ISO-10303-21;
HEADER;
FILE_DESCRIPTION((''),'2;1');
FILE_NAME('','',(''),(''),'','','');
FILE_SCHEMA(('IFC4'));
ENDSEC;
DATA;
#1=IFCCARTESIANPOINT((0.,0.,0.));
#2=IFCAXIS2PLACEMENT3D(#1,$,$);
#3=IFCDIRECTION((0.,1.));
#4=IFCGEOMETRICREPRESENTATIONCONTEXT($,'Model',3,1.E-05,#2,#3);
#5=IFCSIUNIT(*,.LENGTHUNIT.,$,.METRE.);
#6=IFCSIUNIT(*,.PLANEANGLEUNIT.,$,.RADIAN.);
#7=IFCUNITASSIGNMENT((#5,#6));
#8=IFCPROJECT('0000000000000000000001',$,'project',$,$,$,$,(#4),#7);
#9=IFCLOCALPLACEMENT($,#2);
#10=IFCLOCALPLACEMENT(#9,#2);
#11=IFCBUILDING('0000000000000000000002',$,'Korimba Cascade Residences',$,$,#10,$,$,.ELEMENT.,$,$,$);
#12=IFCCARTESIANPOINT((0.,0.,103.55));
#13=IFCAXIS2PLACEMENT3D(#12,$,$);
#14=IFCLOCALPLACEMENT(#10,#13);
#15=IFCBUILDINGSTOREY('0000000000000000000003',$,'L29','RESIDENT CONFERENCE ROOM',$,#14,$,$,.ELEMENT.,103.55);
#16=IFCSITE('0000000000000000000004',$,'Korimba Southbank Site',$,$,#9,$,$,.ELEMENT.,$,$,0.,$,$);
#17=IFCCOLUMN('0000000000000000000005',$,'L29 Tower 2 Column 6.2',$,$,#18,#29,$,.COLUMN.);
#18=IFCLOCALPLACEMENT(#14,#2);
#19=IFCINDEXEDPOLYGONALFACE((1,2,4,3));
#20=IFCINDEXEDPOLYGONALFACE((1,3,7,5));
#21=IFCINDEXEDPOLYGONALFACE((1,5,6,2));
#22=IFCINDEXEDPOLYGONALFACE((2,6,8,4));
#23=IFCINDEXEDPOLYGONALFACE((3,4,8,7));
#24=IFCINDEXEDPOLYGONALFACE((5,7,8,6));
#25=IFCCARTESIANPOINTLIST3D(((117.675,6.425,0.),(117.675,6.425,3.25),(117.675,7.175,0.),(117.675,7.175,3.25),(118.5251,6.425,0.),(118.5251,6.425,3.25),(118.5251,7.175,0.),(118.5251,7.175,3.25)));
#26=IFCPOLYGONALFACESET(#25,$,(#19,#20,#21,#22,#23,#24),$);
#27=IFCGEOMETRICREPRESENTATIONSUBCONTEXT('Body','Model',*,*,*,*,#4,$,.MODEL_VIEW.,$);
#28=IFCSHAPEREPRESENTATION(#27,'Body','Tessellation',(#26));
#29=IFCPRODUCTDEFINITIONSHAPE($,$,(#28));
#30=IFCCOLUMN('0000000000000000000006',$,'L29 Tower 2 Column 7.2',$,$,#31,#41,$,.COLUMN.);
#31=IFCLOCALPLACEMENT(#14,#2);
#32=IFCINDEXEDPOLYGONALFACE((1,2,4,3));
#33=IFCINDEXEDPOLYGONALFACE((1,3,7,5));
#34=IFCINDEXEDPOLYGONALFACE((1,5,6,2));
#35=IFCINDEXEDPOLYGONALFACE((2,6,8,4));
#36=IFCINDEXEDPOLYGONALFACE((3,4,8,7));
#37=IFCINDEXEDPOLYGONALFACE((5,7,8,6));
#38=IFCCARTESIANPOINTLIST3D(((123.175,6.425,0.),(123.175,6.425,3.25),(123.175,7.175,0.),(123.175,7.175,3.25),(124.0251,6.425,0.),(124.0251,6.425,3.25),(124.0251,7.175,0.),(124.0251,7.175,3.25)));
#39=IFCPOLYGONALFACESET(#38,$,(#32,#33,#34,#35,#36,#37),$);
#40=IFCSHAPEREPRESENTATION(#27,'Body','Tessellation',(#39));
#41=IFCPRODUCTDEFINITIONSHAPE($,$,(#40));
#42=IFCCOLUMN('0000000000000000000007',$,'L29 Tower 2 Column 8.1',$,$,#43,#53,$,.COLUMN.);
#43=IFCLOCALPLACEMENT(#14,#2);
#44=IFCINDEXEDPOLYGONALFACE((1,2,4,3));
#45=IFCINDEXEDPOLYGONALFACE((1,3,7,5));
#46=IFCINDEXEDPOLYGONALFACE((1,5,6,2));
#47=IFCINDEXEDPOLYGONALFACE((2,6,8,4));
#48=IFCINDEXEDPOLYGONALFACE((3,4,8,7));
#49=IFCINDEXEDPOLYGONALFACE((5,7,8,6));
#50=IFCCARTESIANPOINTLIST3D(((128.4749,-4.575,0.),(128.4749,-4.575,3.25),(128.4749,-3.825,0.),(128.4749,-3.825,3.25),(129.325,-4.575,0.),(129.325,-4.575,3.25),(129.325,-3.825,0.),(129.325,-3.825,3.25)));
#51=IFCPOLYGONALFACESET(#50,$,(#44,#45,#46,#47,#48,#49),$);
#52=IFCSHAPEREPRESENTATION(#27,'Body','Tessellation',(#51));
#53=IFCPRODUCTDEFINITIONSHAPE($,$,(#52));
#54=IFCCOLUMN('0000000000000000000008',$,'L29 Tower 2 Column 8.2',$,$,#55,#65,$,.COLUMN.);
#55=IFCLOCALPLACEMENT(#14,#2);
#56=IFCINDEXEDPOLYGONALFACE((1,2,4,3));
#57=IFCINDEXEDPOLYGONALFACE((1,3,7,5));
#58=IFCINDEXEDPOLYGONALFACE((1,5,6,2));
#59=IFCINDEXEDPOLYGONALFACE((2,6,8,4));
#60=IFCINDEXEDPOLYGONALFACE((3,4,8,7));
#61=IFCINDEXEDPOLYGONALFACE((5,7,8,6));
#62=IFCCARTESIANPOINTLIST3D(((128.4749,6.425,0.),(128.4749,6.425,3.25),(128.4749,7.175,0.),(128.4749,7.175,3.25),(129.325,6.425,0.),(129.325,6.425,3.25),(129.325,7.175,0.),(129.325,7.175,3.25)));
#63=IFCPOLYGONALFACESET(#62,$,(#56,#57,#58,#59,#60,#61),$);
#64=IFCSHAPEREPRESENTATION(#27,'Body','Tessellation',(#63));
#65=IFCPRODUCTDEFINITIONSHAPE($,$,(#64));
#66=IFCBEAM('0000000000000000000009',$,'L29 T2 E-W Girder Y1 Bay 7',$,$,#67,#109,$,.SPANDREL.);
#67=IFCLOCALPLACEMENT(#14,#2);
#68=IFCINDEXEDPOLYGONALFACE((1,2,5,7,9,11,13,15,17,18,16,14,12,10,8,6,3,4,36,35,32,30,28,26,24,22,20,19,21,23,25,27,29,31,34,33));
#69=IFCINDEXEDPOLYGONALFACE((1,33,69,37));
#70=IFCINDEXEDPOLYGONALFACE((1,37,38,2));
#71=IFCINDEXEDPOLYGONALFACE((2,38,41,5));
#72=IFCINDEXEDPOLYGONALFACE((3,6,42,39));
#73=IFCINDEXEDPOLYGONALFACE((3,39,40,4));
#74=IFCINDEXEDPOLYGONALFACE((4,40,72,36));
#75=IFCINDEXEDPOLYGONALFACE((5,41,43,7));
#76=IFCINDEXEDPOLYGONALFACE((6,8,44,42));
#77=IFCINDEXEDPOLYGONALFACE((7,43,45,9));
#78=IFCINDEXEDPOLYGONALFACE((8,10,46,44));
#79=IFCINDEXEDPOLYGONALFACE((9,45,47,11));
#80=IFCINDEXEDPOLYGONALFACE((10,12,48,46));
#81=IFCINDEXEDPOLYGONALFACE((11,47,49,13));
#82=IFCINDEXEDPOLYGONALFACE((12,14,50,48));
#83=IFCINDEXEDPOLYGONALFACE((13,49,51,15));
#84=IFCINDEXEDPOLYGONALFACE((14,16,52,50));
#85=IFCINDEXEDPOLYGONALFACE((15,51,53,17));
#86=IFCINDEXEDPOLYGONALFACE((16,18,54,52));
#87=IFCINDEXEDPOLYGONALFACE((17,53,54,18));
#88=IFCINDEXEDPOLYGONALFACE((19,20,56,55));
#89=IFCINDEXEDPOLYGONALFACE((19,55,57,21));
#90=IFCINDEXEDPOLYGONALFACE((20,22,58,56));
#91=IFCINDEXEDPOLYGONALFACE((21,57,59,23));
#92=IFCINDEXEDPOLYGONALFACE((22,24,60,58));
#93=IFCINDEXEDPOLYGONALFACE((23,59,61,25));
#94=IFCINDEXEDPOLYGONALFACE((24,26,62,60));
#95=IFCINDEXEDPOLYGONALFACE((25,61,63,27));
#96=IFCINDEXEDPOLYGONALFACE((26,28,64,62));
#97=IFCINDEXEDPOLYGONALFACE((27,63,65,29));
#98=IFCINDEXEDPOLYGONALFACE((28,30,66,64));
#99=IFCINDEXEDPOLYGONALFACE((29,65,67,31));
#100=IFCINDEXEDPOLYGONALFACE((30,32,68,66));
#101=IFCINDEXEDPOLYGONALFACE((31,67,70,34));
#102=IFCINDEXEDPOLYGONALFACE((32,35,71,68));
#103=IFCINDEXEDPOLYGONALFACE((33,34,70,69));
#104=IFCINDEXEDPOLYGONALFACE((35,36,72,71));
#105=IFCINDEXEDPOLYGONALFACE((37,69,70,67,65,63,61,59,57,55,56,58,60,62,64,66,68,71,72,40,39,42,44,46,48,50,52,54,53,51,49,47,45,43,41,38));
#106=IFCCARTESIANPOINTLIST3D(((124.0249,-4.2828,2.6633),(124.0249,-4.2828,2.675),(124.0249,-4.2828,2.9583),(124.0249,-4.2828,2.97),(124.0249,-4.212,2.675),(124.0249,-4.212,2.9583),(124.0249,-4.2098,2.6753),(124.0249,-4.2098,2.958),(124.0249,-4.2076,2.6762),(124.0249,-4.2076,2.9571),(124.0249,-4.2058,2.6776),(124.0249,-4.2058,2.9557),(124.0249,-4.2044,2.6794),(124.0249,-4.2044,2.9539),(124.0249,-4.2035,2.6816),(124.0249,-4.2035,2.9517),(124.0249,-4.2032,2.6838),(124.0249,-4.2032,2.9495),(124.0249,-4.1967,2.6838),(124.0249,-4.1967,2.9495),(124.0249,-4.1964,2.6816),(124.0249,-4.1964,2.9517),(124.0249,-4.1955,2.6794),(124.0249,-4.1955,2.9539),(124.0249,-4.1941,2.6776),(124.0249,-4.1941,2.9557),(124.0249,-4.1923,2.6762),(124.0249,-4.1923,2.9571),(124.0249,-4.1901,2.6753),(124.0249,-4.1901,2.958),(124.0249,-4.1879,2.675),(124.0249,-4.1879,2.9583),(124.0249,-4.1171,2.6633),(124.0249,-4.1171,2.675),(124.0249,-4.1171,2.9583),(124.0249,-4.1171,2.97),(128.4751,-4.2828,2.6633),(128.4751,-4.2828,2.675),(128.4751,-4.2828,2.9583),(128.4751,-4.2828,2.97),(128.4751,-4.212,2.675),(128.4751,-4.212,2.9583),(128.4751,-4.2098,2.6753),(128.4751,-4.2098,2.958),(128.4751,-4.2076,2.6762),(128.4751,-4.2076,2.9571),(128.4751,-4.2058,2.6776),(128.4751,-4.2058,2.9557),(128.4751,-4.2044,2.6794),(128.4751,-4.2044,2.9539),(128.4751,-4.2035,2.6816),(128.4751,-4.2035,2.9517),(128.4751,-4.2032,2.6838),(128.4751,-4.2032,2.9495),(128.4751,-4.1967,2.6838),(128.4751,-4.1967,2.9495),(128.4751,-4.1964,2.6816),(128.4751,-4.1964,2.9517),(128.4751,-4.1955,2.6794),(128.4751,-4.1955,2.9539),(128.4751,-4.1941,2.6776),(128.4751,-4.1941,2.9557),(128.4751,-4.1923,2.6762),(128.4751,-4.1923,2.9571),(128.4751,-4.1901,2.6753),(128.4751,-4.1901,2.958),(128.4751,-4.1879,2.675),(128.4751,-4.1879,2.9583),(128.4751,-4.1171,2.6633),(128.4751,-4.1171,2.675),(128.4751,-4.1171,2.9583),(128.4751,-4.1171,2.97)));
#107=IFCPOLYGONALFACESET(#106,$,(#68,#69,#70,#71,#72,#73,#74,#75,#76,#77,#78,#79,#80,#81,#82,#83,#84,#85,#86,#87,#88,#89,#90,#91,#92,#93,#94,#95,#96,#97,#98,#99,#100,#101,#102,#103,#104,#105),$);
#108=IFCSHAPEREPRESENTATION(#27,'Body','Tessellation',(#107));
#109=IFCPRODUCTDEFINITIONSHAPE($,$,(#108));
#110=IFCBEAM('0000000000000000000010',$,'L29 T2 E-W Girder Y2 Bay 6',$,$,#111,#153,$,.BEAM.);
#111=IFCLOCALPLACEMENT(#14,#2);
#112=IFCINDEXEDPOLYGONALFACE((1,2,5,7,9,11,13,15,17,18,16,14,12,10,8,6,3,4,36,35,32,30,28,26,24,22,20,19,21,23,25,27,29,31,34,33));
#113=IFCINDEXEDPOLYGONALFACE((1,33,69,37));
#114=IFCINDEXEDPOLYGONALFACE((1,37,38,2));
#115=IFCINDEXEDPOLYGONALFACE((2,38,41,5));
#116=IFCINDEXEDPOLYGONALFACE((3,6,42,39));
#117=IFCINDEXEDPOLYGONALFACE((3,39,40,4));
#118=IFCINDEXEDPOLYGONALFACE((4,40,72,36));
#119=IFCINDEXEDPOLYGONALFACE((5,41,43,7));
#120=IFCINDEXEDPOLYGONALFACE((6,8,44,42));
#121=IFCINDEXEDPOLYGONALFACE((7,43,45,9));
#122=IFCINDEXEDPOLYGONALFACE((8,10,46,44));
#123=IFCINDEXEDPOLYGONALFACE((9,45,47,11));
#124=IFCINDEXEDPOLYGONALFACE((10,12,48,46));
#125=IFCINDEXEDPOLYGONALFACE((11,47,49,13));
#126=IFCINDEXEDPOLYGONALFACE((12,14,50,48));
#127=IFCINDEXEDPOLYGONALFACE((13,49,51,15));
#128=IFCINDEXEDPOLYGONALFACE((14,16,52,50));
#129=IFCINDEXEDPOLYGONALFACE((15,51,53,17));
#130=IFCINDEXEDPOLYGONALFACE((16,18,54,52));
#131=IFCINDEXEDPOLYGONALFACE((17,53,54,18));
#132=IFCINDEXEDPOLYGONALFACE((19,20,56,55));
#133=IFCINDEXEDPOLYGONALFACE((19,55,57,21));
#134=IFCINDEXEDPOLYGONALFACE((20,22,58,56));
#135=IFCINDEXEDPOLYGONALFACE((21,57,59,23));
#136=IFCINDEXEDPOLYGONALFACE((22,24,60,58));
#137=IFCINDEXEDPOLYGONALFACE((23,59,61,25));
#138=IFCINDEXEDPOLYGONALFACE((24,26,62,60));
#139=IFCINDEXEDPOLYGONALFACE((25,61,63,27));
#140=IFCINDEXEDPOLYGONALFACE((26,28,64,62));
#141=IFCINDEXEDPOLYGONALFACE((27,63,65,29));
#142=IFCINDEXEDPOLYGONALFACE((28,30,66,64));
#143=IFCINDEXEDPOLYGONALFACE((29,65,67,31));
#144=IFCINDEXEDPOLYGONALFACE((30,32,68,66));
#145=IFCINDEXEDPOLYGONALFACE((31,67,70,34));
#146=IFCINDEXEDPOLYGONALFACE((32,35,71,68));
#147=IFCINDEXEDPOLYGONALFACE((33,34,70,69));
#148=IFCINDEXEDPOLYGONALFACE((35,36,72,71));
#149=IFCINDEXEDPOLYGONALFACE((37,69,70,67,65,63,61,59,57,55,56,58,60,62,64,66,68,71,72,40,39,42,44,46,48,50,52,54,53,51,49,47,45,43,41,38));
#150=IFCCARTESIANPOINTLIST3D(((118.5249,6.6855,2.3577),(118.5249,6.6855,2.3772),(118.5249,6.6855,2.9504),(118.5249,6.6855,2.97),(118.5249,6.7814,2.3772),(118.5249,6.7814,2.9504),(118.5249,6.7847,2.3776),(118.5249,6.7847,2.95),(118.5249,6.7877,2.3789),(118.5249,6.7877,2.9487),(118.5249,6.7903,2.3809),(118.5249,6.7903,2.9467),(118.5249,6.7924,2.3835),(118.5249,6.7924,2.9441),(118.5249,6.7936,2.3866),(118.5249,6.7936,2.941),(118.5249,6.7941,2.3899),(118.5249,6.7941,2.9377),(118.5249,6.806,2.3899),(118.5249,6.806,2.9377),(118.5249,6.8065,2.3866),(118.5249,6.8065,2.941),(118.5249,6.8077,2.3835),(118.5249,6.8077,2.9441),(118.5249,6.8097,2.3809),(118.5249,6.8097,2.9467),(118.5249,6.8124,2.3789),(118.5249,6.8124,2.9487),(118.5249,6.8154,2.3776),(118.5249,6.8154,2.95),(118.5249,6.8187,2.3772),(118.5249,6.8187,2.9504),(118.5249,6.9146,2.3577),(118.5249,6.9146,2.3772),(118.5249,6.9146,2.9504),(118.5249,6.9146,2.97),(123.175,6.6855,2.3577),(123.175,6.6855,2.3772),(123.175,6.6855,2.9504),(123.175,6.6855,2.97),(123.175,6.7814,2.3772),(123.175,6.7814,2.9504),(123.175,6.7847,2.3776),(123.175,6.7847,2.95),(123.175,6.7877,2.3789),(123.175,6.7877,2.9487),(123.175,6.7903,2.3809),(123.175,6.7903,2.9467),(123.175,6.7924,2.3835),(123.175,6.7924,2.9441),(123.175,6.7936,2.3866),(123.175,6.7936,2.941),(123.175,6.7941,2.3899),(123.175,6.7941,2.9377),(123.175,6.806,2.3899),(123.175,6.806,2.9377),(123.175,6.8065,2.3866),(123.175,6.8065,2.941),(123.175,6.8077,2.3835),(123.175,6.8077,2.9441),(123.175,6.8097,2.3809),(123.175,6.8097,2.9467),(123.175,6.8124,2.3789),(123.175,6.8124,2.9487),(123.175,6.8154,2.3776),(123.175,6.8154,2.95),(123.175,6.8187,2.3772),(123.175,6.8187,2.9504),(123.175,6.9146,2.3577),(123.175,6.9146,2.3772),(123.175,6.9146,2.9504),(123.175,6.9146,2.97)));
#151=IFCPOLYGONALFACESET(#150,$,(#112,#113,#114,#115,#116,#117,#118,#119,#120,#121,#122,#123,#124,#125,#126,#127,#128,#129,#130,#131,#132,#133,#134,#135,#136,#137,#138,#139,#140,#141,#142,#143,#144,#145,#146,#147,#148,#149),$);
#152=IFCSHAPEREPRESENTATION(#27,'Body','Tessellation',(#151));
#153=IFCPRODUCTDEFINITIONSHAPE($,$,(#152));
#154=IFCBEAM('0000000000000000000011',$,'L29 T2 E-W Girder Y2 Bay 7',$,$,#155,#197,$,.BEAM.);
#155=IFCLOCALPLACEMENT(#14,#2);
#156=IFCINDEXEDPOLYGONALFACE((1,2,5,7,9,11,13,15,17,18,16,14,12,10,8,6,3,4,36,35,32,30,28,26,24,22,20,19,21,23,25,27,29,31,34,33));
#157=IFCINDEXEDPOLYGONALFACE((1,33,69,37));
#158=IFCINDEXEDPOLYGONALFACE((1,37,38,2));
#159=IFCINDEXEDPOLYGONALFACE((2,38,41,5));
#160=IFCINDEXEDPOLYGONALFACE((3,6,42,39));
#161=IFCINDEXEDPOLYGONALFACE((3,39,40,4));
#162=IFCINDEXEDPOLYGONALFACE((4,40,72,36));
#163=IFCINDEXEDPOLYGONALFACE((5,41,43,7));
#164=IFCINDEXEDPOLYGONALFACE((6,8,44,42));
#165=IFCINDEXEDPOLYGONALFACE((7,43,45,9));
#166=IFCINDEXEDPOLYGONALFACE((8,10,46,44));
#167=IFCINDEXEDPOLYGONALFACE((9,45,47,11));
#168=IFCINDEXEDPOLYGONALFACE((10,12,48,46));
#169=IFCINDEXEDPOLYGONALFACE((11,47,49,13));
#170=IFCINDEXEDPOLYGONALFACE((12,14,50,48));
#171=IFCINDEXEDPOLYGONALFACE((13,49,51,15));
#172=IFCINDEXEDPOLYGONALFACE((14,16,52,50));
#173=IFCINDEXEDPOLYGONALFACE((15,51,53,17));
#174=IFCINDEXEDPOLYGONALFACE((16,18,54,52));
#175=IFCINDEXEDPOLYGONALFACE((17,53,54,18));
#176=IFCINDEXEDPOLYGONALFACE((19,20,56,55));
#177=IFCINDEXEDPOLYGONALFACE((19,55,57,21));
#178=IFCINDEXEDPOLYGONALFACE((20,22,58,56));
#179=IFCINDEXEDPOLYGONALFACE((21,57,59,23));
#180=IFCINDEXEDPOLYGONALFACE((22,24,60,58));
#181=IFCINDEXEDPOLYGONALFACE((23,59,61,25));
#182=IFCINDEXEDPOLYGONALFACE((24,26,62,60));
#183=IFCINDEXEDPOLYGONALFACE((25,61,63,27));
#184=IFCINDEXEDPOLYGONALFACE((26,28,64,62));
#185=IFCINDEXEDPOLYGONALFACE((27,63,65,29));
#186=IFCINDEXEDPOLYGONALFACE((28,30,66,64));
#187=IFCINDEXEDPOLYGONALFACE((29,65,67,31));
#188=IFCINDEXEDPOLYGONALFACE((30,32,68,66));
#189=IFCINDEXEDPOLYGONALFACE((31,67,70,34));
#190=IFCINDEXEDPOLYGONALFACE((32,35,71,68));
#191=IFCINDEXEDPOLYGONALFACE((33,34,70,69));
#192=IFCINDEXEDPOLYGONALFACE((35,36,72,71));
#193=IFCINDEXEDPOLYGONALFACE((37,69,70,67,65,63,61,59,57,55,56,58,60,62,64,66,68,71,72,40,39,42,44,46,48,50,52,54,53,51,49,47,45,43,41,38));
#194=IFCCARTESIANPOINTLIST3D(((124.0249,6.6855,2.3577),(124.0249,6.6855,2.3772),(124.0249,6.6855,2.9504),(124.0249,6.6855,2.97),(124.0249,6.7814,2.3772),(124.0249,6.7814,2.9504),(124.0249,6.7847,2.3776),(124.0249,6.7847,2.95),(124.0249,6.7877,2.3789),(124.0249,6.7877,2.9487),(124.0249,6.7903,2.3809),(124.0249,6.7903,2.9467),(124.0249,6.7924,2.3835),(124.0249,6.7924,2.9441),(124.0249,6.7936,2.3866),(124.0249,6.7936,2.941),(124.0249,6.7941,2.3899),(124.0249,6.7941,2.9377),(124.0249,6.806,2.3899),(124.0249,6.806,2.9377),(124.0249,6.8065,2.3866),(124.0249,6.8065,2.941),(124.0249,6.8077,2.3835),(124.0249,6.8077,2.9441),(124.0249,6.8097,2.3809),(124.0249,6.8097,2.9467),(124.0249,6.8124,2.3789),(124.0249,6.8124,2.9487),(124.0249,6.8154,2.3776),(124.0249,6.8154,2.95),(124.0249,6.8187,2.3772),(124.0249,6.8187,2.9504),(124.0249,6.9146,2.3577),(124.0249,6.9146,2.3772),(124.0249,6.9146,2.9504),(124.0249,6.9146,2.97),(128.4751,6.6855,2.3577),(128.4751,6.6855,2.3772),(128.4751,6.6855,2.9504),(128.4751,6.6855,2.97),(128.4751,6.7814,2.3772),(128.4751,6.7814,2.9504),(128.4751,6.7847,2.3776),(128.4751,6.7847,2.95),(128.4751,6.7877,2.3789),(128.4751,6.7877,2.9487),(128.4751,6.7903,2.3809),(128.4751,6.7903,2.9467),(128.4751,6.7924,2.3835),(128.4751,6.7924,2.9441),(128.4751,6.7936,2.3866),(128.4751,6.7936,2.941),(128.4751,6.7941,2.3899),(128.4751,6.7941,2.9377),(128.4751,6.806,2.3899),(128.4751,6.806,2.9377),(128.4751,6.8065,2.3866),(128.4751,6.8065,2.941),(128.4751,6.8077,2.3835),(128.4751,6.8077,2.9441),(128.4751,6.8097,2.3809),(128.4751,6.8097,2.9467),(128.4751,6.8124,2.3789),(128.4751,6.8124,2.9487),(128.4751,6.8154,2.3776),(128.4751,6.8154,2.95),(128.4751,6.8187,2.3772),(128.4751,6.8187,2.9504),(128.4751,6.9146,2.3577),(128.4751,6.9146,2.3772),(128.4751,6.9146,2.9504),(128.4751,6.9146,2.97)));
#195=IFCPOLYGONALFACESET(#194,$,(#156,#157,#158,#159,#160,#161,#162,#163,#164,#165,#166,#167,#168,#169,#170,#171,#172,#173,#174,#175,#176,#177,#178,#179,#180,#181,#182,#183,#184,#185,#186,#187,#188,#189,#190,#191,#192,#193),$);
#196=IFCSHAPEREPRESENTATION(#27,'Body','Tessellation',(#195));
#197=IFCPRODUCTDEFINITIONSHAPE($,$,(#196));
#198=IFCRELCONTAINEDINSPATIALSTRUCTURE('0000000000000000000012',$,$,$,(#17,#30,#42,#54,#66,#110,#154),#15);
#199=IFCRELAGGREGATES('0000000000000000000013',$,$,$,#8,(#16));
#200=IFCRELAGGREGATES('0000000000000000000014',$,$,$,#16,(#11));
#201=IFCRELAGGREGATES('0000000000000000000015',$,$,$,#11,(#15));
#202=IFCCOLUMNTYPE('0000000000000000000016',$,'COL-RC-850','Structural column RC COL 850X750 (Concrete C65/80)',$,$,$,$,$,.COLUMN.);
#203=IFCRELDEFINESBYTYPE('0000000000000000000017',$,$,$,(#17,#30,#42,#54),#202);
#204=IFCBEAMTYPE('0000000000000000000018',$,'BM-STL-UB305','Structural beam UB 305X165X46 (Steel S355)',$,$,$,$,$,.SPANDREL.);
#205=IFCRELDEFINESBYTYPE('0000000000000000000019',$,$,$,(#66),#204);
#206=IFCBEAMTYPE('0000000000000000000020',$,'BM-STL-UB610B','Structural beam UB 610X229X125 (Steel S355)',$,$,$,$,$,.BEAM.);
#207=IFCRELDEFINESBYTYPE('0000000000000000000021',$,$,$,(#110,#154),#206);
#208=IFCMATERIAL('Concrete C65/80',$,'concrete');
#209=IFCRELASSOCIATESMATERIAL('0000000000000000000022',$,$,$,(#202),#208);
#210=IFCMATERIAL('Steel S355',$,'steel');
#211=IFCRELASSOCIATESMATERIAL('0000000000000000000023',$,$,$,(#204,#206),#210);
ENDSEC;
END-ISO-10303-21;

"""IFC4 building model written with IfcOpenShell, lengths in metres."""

from ifc_helpers import new_model, si_unit, direction, frame, origin, origin_2d, place, context, subcontext, project, spatial, rectangle, i_section, extrude, material, material_profile, profile_set, type_object, element, save


model = new_model("IFC4")

# Units and contexts
model_context = context("Model", 3, precision=1e-05, world=origin(), true_north=direction((0.0, 1.0)))
body_context = subcontext(model_context, "Body", "Model", "MODEL_VIEW")
ifc_project = project(units=[si_unit("LENGTHUNIT", "METRE"), si_unit("PLANEANGLEUNIT", "RADIAN")], contexts=[model_context])

# Site, building, storey
site_placement = place(None, origin())
site = spatial("IfcSite", under=ifc_project, at=site_placement, Name="Korimba Southbank Site", CompositionType="ELEMENT", RefElevation=0.0)
building_placement = place(site_placement, origin())
building = spatial("IfcBuilding", under=site, at=building_placement, Name="Korimba Cascade Residences", CompositionType="ELEMENT")
storey_placement = place(building_placement, frame((0.0, 0.0, 103.55)))
storey = spatial("IfcBuildingStorey", under=building, at=storey_placement, Name="L29", Description="RESIDENT CONFERENCE ROOM", CompositionType="ELEMENT", Elevation=103.55)

# Columns
ifc_material_1 = material(Name="Concrete C65/80", Category="concrete")
ifc_material_profile_1 = material_profile(ifc_material_1, rectangle(XDim=0.8501, YDim=0.75, at=origin_2d()), Name="Concrete C65/80")
ifc_profile_set_1 = profile_set([ifc_material_profile_1], Name="Concrete C65/80")
column_type = type_object("IfcColumnType", Name="COL-RC-850", Description="Structural column RC COL 850X750 (Concrete C65/80)", PredefinedType="COLUMN", material=ifc_profile_set_1)
for number, where, z_axis, x_axis, name in (
    (1, (118.1001, 6.8, 0.0), (0.0, 0.0, 1.0), (1.0, 0.0, 0.0), "L29 Tower 2 Column 6.2"),
    (2, (123.6001, 6.8, 0.0), (0.0, 0.0, 1.0), (1.0, 0.0, 0.0), "L29 Tower 2 Column 7.2"),
    (3, (128.8999, -4.2, 0.0), (0.0, 0.0, 1.0), (1.0, 0.0, 0.0), "L29 Tower 2 Column 8.1"),
    (4, (128.8999, 6.8, 0.0), (0.0, 0.0, 1.0), (1.0, 0.0, 0.0), "L29 Tower 2 Column 8.2"),
):
    element("IfcColumn", number, at=place(storey_placement, frame(where, z_axis=z_axis, x_axis=x_axis)), inside=storey, type_object=column_type, Name=name, PredefinedType="COLUMN", context=body_context, shape_type="SweptSolid", body=[
        extrude(rectangle(XDim=0.8501, YDim=0.75, at=origin_2d()), origin(), (0.0, 0.0, 1.0), 3.25),
    ])

# Beams
ifc_material_2 = material(Name="Steel S355", Category="steel")
ifc_material_profile_2 = material_profile(ifc_material_2, i_section(OverallWidth=0.1658, OverallDepth=0.3066, WebThickness=0.0066, FlangeThickness=0.0117, FilletRadius=0.0088, at=origin_2d()), Name="Steel S355")
ifc_profile_set_2 = profile_set([ifc_material_profile_2], Name="Steel S355")
beam_type_1 = type_object("IfcBeamType", Name="BM-STL-UB305", Description="Structural beam UB 305X165X46 (Steel S355)", PredefinedType="SPANDREL", material=ifc_profile_set_2)
beam_1_placement = place(storey_placement, frame((124.0249, -4.2, 2.8167), z_axis=(1.0, 0.0, 0.0), x_axis=(0.0, 1.0, 0.0)))
element("IfcBeam", 5, at=beam_1_placement, inside=storey, type_object=beam_type_1, Name="L29 T2 E-W Girder Y1 Bay 7", PredefinedType="SPANDREL", context=body_context, shape_type="SweptSolid", body=[
    extrude(i_section(OverallWidth=0.1658, OverallDepth=0.3066, WebThickness=0.0066, FlangeThickness=0.0117, FilletRadius=0.0088, at=origin_2d()), origin(), (0.0, 0.0, 1.0), 4.4502),
])
ifc_material_profile_3 = material_profile(ifc_material_2, i_section(OverallWidth=0.229, OverallDepth=0.6123, WebThickness=0.012, FlangeThickness=0.0195, FilletRadius=0.0127, at=origin_2d()), Name="Steel S355")
ifc_profile_set_3 = profile_set([ifc_material_profile_3], Name="Steel S355")
beam_type_2 = type_object("IfcBeamType", Name="BM-STL-UB610B", Description="Structural beam UB 610X229X125 (Steel S355)", PredefinedType="BEAM", material=ifc_profile_set_3)
beam_2_placement = place(storey_placement, frame((118.5249, 6.8, 2.6638), z_axis=(1.0, 0.0, 0.0), x_axis=(0.0, 1.0, 0.0)))
element("IfcBeam", 6, at=beam_2_placement, inside=storey, type_object=beam_type_2, Name="L29 T2 E-W Girder Y2 Bay 6", PredefinedType="BEAM", context=body_context, shape_type="SweptSolid", body=[
    extrude(i_section(OverallWidth=0.229, OverallDepth=0.6123, WebThickness=0.012, FlangeThickness=0.0195, FilletRadius=0.0127, at=origin_2d()), origin(), (0.0, 0.0, 1.0), 4.6501),
])
beam_3_placement = place(storey_placement, frame((124.0249, 6.8, 2.6638), z_axis=(1.0, 0.0, 0.0), x_axis=(0.0, 1.0, 0.0)))
element("IfcBeam", 7, at=beam_3_placement, inside=storey, type_object=beam_type_2, Name="L29 T2 E-W Girder Y2 Bay 7", PredefinedType="BEAM", context=body_context, shape_type="SweptSolid", body=[
    extrude(i_section(OverallWidth=0.229, OverallDepth=0.6123, WebThickness=0.012, FlangeThickness=0.0195, FilletRadius=0.0127, at=origin_2d()), origin(), (0.0, 0.0, 1.0), 4.4502),
])

save(model, "model.ifc")
